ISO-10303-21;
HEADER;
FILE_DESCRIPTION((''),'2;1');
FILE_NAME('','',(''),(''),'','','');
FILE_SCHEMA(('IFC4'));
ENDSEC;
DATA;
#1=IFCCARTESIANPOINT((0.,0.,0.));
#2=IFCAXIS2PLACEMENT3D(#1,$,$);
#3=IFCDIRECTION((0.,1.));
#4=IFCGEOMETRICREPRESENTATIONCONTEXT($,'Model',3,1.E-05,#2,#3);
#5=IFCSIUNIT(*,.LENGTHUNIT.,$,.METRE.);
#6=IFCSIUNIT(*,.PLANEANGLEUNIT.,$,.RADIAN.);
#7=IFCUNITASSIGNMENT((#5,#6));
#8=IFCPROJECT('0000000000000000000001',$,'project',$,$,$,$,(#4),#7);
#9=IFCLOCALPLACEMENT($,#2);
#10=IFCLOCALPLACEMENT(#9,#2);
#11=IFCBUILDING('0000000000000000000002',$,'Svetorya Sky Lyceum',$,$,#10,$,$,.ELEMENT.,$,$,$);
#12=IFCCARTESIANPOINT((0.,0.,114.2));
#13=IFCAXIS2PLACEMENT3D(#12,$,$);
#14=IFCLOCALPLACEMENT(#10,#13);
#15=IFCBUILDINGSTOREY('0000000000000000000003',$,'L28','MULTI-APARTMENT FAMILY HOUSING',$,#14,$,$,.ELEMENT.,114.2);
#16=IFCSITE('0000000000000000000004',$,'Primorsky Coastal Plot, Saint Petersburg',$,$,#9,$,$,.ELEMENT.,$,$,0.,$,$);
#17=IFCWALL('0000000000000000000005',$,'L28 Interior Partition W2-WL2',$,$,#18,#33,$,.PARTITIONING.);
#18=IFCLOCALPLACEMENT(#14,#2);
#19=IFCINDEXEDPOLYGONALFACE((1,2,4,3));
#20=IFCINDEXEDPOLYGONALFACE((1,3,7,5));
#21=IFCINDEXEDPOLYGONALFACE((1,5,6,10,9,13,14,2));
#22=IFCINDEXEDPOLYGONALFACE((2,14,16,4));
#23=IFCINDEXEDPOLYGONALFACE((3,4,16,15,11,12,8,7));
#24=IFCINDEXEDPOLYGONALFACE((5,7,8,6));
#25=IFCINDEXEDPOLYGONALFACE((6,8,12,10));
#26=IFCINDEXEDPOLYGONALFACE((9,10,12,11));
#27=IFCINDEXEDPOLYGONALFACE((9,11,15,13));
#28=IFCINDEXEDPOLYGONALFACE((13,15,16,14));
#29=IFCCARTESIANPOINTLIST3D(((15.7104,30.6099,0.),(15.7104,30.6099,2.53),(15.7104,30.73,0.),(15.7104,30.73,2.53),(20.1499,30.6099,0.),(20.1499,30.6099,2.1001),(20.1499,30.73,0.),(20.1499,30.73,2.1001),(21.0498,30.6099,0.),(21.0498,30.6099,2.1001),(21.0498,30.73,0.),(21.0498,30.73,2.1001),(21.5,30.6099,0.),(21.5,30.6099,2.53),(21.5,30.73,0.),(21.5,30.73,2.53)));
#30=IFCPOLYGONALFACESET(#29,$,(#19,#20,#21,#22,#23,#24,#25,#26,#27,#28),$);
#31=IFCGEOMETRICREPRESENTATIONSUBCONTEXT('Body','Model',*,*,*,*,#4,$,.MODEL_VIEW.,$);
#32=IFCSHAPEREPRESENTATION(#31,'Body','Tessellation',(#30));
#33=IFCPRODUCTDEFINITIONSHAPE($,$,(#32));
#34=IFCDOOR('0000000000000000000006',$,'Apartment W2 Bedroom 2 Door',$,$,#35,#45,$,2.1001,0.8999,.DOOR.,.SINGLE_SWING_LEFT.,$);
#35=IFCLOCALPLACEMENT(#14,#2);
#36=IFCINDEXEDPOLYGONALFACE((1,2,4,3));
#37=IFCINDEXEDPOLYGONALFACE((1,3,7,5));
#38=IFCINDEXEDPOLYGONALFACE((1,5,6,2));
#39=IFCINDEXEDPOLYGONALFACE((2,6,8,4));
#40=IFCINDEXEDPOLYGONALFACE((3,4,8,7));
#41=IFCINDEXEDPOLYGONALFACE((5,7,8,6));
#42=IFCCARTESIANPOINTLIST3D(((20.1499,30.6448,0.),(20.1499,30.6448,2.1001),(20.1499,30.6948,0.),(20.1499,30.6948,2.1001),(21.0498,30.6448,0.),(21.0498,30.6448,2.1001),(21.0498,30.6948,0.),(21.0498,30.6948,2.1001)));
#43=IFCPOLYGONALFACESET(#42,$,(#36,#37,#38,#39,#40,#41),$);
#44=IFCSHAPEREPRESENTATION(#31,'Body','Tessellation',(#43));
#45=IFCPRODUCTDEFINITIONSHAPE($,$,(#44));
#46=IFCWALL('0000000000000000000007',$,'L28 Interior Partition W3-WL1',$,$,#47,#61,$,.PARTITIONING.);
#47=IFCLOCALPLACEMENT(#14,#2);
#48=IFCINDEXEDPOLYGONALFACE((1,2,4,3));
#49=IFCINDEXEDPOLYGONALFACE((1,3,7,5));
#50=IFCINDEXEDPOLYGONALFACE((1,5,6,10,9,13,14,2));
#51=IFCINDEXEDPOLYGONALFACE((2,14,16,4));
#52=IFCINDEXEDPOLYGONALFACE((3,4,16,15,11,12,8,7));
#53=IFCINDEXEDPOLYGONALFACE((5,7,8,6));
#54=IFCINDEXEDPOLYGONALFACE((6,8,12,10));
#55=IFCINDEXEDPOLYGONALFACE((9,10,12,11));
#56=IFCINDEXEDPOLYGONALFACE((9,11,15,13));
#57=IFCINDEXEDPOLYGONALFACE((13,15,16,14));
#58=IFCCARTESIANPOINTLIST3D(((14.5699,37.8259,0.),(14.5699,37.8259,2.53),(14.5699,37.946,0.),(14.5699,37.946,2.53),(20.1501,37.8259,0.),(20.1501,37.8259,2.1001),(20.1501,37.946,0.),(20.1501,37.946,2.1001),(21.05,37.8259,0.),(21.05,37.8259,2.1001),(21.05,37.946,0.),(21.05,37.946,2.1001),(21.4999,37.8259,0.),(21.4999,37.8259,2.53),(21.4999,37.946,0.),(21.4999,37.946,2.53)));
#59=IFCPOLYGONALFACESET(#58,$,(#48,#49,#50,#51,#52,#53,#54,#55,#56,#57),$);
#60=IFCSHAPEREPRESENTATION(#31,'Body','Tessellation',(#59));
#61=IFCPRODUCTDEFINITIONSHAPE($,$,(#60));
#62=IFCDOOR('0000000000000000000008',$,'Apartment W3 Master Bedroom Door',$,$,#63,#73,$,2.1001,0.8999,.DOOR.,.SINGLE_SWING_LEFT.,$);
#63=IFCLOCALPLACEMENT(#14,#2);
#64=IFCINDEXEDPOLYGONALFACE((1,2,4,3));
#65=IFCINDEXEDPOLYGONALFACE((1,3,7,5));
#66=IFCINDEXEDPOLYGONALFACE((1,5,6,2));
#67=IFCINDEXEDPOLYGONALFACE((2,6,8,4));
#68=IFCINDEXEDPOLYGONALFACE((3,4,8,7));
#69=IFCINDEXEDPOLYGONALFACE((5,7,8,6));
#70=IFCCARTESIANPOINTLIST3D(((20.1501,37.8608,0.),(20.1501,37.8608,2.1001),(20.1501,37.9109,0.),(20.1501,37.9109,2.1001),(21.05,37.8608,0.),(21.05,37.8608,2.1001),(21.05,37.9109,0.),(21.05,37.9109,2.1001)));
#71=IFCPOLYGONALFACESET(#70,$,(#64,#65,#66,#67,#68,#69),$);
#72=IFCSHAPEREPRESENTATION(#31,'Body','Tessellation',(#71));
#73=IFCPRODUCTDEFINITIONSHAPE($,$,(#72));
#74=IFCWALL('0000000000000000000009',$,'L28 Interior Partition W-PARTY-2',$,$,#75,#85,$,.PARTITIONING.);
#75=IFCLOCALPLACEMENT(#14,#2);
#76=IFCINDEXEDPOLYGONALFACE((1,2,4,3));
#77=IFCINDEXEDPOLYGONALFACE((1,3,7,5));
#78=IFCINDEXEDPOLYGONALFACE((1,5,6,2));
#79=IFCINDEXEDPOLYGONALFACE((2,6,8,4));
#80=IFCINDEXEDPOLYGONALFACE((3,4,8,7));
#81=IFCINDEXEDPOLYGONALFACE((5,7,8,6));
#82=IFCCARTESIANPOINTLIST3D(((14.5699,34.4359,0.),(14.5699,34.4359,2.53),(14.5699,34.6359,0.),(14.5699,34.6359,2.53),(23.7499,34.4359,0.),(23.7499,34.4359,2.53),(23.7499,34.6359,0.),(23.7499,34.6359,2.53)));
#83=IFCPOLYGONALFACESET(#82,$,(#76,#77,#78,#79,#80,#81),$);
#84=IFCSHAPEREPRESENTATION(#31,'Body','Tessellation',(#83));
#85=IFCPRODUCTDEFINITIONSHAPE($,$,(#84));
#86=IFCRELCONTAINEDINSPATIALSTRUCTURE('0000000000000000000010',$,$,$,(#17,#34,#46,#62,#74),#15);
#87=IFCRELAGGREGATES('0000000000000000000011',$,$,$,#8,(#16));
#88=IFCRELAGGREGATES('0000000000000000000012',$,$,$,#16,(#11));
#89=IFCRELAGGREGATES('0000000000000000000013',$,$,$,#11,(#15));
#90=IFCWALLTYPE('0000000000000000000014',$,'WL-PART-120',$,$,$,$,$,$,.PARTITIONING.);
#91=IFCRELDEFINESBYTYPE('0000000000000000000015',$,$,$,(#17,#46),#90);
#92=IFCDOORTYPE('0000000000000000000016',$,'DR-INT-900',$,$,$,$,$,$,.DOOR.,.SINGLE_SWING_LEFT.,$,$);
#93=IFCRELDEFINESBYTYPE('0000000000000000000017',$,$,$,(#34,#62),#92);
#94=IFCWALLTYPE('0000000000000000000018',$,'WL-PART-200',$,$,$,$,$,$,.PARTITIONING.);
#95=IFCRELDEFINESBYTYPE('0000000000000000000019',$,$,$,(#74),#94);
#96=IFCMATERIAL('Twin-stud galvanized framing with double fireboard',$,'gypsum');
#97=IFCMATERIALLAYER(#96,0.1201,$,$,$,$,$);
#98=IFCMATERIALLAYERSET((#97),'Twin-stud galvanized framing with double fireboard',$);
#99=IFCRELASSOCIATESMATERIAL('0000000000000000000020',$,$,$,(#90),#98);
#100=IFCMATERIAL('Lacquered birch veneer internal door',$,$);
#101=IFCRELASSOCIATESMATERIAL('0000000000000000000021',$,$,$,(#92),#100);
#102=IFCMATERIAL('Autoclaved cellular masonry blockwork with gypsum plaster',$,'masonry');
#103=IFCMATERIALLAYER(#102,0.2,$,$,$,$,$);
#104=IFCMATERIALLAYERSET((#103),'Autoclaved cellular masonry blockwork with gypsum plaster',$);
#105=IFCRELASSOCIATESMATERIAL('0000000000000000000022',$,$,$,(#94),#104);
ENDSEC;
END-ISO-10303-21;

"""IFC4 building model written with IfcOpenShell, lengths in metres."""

from ifc_helpers import new_model, si_unit, direction, frame, frame_2d, origin, place, context, subcontext, project, spatial, rectangle, extrude, material, layer, layer_set, type_object, element, fill, save


model = new_model("IFC4")

# Units and contexts
model_context = context("Model", 3, precision=1e-05, world=origin(), true_north=direction((0.0, 1.0)))
body_context = subcontext(model_context, "Body", "Model", "MODEL_VIEW")
ifc_project = project(units=[si_unit("LENGTHUNIT", "METRE"), si_unit("PLANEANGLEUNIT", "RADIAN")], contexts=[model_context])

# Site, building, storey
site_placement = place(None, origin())
site = spatial("IfcSite", under=ifc_project, at=site_placement, Name="Primorsky Coastal Plot, Saint Petersburg", CompositionType="ELEMENT", RefElevation=0.0)
building_placement = place(site_placement, origin())
building = spatial("IfcBuilding", under=site, at=building_placement, Name="Svetorya Sky Lyceum", CompositionType="ELEMENT")
storey_placement = place(building_placement, frame((0.0, 0.0, 114.2)))
storey = spatial("IfcBuildingStorey", under=building, at=storey_placement, Name="L28", Description="MULTI-APARTMENT FAMILY HOUSING", CompositionType="ELEMENT", Elevation=114.2)

# Walls, openings, doors
ifc_material_1 = material(Name="Twin-stud galvanized framing with double fireboard", Category="gypsum")
ifc_layer_1 = layer(ifc_material_1, 0.1201)
ifc_layer_set_1 = layer_set([ifc_layer_1], Name="Twin-stud galvanized framing with double fireboard")
wall_type_1 = type_object("IfcWallType", Name="WL-PART-120", PredefinedType="PARTITIONING", material=ifc_layer_set_1)
ifc_material_2 = material(Name="Lacquered birch veneer internal door")
door_type_1 = type_object("IfcDoorType", Name="DR-INT-900", OperationType="SINGLE_SWING_LEFT", PredefinedType="DOOR", material=ifc_material_2)
wall_1_placement = place(storey_placement, frame((15.7104, 30.6699, 0.0), z_axis=(0.0, 0.0, 1.0), x_axis=(1.0, 0.0, 0.0)))
wall_1 = element("IfcWall", 1, at=wall_1_placement, inside=storey, type_object=wall_type_1, Name="L28 Interior Partition W2-WL2", PredefinedType="PARTITIONING", context=body_context, shape_type="SweptSolid", body=[
    extrude(rectangle(XDim=5.7896, YDim=0.1201, at=frame_2d((2.8948, 0.0))), origin(), (0.0, 0.0, 1.0), 2.53),
])
opening_1_placement = place(wall_1_placement, frame((4.4395, 0.0, 0.0)))
opening_1 = element("IfcOpeningElement", 2, at=opening_1_placement, cuts=wall_1, PredefinedType="OPENING", context=body_context, shape_type="SweptSolid", body=[
    extrude(rectangle(XDim=0.8999, YDim=2.1001, at=frame_2d((0.45, 1.05))), frame((0.0, 0.0701, 0.0), z_axis=(0.0, -1.0, 0.0), x_axis=(1.0, 0.0, 0.0)), (0.0, 0.0, 1.0), 0.1401),
])
door_1_placement = place(opening_1_placement, origin())
door_1 = element("IfcDoor", 3, at=door_1_placement, inside=storey, type_object=door_type_1, Name="Apartment W2 Bedroom 2 Door", OperationType="SINGLE_SWING_LEFT", OverallHeight=2.1001, OverallWidth=0.8999, PredefinedType="DOOR", context=body_context, shape_type="SweptSolid", body=[
    extrude(rectangle(XDim=0.8999, YDim=2.1001, at=frame_2d((0.45, 1.05))), frame((0.0, 0.0249, 0.0), z_axis=(0.0, -1.0, 0.0), x_axis=(1.0, 0.0, 0.0)), (0.0, 0.0, 1.0), 0.05),
])
fill(opening_1, door_1)
wall_2_placement = place(storey_placement, frame((14.5701, 37.886, 0.0), z_axis=(0.0, 0.0, 1.0), x_axis=(1.0, 0.0, 0.0)))
wall_2 = element("IfcWall", 4, at=wall_2_placement, inside=storey, type_object=wall_type_1, Name="L28 Interior Partition W3-WL1", PredefinedType="PARTITIONING", context=body_context, shape_type="SweptSolid", body=[
    extrude(rectangle(XDim=6.9299, YDim=0.1201, at=frame_2d((3.4648, 0.0))), origin(), (0.0, 0.0, 1.0), 2.53),
])
opening_2_placement = place(wall_2_placement, frame((5.5801, 0.0, 0.0)))
opening_2 = element("IfcOpeningElement", 5, at=opening_2_placement, cuts=wall_2, PredefinedType="OPENING", context=body_context, shape_type="SweptSolid", body=[
    extrude(rectangle(XDim=0.8999, YDim=2.1001, at=frame_2d((0.45, 1.05))), frame((0.0, 0.0701, 0.0), z_axis=(0.0, -1.0, 0.0), x_axis=(1.0, 0.0, 0.0)), (0.0, 0.0, 1.0), 0.1401),
])
door_2_placement = place(opening_2_placement, origin())
door_2 = element("IfcDoor", 6, at=door_2_placement, inside=storey, type_object=door_type_1, Name="Apartment W3 Master Bedroom Door", OperationType="SINGLE_SWING_LEFT", OverallHeight=2.1001, OverallWidth=0.8999, PredefinedType="DOOR", context=body_context, shape_type="SweptSolid", body=[
    extrude(rectangle(XDim=0.8999, YDim=2.1001, at=frame_2d((0.45, 1.05))), frame((0.0, 0.0249, 0.0), z_axis=(0.0, -1.0, 0.0), x_axis=(1.0, 0.0, 0.0)), (0.0, 0.0, 1.0), 0.05),
])
fill(opening_2, door_2)

# Wall
ifc_material_3 = material(Name="Autoclaved cellular masonry blockwork with gypsum plaster", Category="masonry")
ifc_layer_2 = layer(ifc_material_3, 0.2)
ifc_layer_set_2 = layer_set([ifc_layer_2], Name="Autoclaved cellular masonry blockwork with gypsum plaster")
wall_type_2 = type_object("IfcWallType", Name="WL-PART-200", PredefinedType="PARTITIONING", material=ifc_layer_set_2)
wall_3_placement = place(storey_placement, frame((14.5701, 34.5359, 0.0), z_axis=(0.0, 0.0, 1.0), x_axis=(1.0, 0.0, 0.0)))
element("IfcWall", 7, at=wall_3_placement, inside=storey, type_object=wall_type_2, Name="L28 Interior Partition W-PARTY-2", PredefinedType="PARTITIONING", context=body_context, shape_type="SweptSolid", body=[
    extrude(rectangle(XDim=9.1799, YDim=0.2, at=frame_2d((4.5898, 0.0))), origin(), (0.0, 0.0, 1.0), 2.53),
])

save(model, "model.ifc")
